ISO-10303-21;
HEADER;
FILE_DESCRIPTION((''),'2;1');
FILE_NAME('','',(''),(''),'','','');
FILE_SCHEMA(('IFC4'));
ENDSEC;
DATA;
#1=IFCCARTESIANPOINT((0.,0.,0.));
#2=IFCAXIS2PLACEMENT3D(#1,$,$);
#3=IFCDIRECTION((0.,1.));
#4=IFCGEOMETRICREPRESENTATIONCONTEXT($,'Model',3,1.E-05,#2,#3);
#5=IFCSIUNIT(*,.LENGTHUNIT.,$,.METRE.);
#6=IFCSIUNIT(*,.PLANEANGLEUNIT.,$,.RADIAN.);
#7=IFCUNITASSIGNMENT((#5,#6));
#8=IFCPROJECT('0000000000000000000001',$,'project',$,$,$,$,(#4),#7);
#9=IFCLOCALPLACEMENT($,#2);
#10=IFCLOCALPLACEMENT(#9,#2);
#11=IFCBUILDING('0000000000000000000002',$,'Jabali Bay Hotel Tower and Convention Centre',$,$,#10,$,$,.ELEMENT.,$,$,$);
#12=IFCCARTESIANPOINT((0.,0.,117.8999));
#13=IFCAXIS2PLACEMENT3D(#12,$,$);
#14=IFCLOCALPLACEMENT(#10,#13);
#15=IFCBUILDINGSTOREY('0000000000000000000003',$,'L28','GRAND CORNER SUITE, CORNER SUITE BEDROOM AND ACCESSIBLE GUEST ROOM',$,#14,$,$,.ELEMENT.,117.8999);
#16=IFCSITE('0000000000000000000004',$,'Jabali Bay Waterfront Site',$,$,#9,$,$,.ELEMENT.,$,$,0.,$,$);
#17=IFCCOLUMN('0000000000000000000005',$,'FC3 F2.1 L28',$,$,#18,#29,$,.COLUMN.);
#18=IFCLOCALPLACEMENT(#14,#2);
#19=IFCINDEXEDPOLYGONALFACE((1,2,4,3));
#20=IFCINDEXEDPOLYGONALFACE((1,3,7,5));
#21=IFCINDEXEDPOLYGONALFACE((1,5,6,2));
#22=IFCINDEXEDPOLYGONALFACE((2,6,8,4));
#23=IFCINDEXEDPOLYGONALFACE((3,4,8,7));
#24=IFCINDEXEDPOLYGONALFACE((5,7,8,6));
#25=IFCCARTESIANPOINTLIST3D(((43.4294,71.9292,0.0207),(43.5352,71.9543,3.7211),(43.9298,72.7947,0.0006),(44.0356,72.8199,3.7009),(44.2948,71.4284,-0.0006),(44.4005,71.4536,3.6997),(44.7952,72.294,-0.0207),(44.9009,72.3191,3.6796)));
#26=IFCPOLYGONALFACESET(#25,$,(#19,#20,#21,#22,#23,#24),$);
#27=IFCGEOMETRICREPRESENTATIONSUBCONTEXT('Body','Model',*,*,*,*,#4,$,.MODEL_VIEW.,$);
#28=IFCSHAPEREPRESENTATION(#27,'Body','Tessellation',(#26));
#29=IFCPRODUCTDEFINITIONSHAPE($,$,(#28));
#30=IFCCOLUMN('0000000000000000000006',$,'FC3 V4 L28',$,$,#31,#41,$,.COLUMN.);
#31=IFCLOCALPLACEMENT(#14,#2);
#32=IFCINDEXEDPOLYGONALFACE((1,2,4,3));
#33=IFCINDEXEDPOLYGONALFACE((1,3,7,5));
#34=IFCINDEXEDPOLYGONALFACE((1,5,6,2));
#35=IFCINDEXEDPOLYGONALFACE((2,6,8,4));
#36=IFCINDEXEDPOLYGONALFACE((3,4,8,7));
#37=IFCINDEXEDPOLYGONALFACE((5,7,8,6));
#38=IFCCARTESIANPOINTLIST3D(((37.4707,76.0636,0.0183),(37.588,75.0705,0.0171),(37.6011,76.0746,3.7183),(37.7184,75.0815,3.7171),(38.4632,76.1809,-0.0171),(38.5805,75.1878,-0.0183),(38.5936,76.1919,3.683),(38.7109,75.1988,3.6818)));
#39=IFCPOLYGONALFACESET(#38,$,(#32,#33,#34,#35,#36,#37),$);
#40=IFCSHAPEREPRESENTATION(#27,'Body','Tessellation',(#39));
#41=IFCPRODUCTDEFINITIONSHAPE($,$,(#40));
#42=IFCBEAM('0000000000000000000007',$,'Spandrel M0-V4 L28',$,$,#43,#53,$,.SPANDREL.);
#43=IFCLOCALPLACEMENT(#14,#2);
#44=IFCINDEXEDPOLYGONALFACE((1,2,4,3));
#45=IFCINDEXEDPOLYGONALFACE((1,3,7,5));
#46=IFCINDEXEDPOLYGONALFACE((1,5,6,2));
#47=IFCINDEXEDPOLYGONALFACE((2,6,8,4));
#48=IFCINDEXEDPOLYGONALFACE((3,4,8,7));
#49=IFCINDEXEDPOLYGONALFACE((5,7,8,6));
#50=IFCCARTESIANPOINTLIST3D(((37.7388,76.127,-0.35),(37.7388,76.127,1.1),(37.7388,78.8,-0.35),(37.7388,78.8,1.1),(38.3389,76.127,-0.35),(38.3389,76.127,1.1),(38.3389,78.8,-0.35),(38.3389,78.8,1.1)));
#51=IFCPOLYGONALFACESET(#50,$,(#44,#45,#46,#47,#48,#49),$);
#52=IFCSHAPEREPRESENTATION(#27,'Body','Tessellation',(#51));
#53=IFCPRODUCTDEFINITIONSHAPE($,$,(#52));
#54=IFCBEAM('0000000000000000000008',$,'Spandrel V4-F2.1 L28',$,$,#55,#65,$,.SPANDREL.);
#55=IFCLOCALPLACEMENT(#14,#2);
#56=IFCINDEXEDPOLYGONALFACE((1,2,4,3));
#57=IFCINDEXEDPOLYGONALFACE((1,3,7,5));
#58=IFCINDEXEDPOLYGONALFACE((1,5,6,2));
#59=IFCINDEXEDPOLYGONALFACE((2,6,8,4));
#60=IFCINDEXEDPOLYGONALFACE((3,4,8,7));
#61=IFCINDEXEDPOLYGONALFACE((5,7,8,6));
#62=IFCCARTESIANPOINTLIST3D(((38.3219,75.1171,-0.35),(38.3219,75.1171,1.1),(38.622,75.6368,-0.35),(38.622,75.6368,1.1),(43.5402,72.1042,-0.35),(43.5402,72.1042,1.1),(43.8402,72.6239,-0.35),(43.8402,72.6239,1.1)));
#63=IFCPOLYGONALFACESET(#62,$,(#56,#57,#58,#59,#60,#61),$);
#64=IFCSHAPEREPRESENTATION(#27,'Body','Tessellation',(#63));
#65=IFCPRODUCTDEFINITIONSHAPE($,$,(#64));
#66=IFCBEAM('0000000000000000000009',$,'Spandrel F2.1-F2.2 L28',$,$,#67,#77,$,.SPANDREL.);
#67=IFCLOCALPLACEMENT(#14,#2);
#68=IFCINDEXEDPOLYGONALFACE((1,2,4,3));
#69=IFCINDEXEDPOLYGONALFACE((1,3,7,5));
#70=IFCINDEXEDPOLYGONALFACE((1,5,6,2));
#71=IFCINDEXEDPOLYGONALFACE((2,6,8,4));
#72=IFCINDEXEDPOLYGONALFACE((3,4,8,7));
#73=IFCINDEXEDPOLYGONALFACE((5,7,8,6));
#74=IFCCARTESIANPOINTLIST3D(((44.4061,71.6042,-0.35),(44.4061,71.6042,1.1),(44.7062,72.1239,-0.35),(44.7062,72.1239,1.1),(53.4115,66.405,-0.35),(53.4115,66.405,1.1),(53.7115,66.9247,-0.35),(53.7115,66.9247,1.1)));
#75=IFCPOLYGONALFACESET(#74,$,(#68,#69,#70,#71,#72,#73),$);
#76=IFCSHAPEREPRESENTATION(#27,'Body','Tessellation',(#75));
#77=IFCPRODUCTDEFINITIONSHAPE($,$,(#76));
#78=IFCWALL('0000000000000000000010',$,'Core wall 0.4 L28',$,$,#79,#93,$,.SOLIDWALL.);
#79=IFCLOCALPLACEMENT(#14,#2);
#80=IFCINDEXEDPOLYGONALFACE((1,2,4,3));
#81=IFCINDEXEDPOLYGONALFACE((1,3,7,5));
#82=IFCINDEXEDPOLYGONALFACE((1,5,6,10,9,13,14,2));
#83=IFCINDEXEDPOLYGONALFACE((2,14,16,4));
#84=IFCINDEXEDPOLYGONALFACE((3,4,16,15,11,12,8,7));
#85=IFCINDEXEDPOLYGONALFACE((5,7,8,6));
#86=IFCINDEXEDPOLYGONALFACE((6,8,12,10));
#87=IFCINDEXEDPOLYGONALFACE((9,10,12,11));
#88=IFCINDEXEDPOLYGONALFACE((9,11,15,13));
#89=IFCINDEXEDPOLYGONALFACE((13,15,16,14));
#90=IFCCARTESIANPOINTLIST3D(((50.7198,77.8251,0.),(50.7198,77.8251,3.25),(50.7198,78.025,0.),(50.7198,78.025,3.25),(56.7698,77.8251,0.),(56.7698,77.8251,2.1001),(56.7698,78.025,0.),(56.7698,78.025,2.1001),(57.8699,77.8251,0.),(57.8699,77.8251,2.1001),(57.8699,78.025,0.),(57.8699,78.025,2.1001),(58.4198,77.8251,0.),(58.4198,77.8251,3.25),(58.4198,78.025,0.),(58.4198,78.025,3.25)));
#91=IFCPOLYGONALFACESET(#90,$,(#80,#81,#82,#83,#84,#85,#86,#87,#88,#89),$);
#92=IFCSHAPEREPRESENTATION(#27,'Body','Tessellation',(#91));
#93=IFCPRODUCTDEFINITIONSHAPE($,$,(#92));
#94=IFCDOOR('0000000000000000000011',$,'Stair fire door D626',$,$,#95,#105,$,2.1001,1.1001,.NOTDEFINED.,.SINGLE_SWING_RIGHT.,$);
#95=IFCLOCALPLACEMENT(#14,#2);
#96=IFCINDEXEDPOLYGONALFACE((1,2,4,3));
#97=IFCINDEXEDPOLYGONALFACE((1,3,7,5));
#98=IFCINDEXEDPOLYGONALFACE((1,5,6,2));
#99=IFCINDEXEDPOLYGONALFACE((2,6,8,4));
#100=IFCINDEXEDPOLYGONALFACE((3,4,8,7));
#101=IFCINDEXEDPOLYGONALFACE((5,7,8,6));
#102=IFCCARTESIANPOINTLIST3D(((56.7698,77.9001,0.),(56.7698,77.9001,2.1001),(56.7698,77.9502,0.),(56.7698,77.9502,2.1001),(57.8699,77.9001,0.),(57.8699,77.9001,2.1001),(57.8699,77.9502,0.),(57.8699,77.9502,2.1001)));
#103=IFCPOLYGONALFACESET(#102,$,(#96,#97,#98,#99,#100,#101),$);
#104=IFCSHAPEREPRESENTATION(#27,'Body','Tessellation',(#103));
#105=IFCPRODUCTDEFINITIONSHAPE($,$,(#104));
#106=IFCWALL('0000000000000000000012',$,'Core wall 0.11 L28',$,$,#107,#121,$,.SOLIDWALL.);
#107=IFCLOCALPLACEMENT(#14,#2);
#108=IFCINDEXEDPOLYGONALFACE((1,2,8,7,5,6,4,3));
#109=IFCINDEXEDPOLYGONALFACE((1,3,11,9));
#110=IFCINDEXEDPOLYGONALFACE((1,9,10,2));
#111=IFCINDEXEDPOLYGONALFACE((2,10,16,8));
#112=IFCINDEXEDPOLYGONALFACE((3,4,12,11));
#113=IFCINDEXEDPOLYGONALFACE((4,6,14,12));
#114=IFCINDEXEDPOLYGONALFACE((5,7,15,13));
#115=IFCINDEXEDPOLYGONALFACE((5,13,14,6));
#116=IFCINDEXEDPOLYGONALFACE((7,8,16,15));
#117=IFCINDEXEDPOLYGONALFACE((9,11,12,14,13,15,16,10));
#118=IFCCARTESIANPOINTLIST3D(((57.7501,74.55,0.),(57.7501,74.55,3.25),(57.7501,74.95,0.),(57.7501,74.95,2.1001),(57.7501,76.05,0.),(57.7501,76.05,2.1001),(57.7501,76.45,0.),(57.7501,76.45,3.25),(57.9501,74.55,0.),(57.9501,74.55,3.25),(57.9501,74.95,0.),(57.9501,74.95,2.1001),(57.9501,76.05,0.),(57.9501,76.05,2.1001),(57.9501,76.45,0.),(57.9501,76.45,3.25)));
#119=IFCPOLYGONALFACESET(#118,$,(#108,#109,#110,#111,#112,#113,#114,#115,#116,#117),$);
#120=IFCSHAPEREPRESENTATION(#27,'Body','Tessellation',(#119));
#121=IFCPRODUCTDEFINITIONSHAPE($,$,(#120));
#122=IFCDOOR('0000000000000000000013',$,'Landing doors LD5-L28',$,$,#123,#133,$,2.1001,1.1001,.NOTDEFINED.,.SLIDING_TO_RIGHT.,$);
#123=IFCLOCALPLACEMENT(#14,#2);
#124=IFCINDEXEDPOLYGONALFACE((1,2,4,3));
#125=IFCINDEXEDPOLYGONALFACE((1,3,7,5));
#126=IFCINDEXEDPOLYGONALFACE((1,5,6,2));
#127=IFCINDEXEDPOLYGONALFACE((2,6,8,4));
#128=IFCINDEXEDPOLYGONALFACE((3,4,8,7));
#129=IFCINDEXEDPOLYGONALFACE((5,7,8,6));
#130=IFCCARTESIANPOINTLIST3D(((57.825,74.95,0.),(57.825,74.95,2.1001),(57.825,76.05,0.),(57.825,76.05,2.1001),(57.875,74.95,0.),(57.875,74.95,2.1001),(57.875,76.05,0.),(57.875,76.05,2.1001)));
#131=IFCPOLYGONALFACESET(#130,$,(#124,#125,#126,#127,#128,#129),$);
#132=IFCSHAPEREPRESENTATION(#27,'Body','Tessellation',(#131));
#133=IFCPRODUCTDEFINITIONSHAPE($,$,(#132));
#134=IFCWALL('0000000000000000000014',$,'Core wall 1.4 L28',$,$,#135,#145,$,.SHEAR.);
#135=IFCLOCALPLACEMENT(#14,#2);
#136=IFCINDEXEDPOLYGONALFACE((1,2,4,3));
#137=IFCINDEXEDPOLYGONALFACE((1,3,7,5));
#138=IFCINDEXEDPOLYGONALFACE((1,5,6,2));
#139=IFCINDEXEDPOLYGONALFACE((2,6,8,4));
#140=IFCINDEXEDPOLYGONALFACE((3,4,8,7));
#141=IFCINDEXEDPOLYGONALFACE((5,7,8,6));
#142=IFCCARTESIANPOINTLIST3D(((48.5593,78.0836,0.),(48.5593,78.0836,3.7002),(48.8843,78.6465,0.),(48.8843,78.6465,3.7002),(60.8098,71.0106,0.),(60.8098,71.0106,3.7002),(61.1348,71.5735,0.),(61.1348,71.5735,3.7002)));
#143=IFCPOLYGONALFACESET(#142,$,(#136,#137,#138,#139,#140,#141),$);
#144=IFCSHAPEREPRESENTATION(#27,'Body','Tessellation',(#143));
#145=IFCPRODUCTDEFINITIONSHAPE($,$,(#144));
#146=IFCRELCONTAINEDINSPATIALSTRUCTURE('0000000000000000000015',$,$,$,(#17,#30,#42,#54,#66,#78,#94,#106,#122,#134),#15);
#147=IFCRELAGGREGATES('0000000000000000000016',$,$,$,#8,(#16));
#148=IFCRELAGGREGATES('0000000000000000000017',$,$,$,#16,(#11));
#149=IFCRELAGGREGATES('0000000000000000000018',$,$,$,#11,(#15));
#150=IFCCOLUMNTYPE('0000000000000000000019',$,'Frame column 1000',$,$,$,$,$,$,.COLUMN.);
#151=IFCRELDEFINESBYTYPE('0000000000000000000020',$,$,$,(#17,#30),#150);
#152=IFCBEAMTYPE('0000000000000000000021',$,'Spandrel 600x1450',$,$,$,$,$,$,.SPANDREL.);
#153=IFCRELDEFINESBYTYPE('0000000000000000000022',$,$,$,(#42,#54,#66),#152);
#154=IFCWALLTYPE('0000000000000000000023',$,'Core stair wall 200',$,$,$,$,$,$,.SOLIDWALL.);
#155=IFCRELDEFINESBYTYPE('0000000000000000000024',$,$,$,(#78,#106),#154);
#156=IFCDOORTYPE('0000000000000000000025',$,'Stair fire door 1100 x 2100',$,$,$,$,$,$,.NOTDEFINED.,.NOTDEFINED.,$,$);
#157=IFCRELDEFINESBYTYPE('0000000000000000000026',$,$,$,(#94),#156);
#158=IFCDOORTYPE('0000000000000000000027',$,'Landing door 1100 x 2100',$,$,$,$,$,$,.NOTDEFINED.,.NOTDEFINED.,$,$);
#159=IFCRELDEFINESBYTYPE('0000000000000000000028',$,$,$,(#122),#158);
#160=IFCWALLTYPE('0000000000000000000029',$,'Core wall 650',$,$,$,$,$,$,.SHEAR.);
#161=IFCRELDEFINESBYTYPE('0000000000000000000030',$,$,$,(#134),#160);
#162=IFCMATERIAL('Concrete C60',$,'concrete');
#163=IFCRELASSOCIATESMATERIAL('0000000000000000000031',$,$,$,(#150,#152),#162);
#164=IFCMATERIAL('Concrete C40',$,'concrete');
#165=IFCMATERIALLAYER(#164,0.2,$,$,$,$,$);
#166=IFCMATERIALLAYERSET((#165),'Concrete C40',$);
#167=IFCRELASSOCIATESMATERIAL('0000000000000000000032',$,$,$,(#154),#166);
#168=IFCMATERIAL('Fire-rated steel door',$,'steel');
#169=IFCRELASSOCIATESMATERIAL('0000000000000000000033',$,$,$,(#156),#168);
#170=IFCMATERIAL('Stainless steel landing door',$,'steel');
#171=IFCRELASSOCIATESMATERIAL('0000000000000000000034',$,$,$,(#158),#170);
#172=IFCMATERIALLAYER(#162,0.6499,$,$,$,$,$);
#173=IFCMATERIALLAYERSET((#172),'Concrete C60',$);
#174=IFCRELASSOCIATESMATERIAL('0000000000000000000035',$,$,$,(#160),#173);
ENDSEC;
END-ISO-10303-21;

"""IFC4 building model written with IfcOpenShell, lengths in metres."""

from ifc_helpers import new_model, si_unit, direction, frame, frame_2d, origin, origin_2d, place, context, subcontext, project, spatial, rectangle, extrude, material, layer, layer_set, material_profile, profile_set, type_object, element, fill, save


model = new_model("IFC4")

# Units and contexts
model_context = context("Model", 3, precision=1e-05, world=origin(), true_north=direction((0.0, 1.0)))
body_context = subcontext(model_context, "Body", "Model", "MODEL_VIEW")
ifc_project = project(units=[si_unit("LENGTHUNIT", "METRE"), si_unit("PLANEANGLEUNIT", "RADIAN")], contexts=[model_context])

# Site, building, storey
site_placement = place(None, origin())
site = spatial("IfcSite", under=ifc_project, at=site_placement, Name="Jabali Bay Waterfront Site", CompositionType="ELEMENT", RefElevation=0.0)
building_placement = place(site_placement, origin())
building = spatial("IfcBuilding", under=site, at=building_placement, Name="Jabali Bay Hotel Tower and Convention Centre", CompositionType="ELEMENT")
storey_placement = place(building_placement, frame((0.0, 0.0, 117.8999)))
storey = spatial("IfcBuildingStorey", under=building, at=storey_placement, Name="L28", Description="GRAND CORNER SUITE, CORNER SUITE BEDROOM AND ACCESSIBLE GUEST ROOM", CompositionType="ELEMENT", Elevation=117.8999)

# Columns
ifc_material_1 = material(Name="Concrete C60", Category="concrete")
ifc_material_profile_1 = material_profile(ifc_material_1, rectangle(XDim=1.0, YDim=1.0, at=origin_2d()), Name="Frame column 1000")
ifc_profile_set_1 = profile_set([ifc_material_profile_1], Name="Concrete C60")
column_type = type_object("IfcColumnType", Name="Frame column 1000", PredefinedType="COLUMN", material=ifc_profile_set_1)
column_1_placement = place(storey_placement, frame((44.1123, 72.1116, 0.0), z_axis=(0.028557, 0.006793, 0.999569), x_axis=(-0.86532, 0.500766, 0.021319)))
element("IfcColumn", 1, at=column_1_placement, inside=storey, type_object=column_type, Name="FC3 F2.1 L28", PredefinedType="COLUMN", context=body_context, shape_type="SweptSolid", body=[
    extrude(rectangle(XDim=1.0, YDim=1.0, at=origin_2d()), origin(), (0.0, 0.0, 1.0), 3.7019),
])
column_2_placement = place(storey_placement, frame((38.0256, 75.6257, 0.0), z_axis=(0.035212, 0.002967, 0.999375), x_axis=(-0.117301, 0.993096, 0.001184)))
element("IfcColumn", 2, at=column_2_placement, inside=storey, type_object=column_type, Name="FC3 V4 L28", PredefinedType="COLUMN", context=body_context, shape_type="SweptSolid", body=[
    extrude(rectangle(XDim=1.0, YDim=1.0, at=origin_2d()), origin(), (0.0, 0.0, 1.0), 3.7024),
])

# Beams
ifc_material_profile_2 = material_profile(ifc_material_1, rectangle(XDim=0.6001, YDim=1.45, at=origin_2d()), Name="Spandrel 600x1450")
ifc_profile_set_2 = profile_set([ifc_material_profile_2], Name="Concrete C60")
beam_type = type_object("IfcBeamType", Name="Spandrel 600x1450", PredefinedType="SPANDREL", material=ifc_profile_set_2)
beam_1_placement = place(storey_placement, frame((38.0388, 78.8, 0.375), z_axis=(0.0, -1.0, 0.0), x_axis=(1.0, 0.0, 0.0)))
element("IfcBeam", 3, at=beam_1_placement, inside=storey, type_object=beam_type, Name="Spandrel M0-V4 L28", PredefinedType="SPANDREL", context=body_context, shape_type="SweptSolid", body=[
    extrude(rectangle(XDim=0.6001, YDim=1.45, at=origin_2d()), origin(), (0.0, 0.0, 1.0), 2.6731),
])
beam_2_placement = place(storey_placement, frame((38.4719, 75.377, 0.375), z_axis=(0.866013, -0.500022, 0.0), x_axis=(0.500022, 0.866013, 0.0)))
element("IfcBeam", 4, at=beam_2_placement, inside=storey, type_object=beam_type, Name="Spandrel V4-F2.1 L28", PredefinedType="SPANDREL", context=body_context, shape_type="SweptSolid", body=[
    extrude(rectangle(XDim=0.6001, YDim=1.45, at=origin_2d()), origin(), (0.0, 0.0, 1.0), 6.0256),
])
beam_3_placement = place(storey_placement, frame((44.5562, 71.864, 0.375), z_axis=(0.866027, -0.499997, 0.0), x_axis=(0.499997, 0.866027, 0.0)))
element("IfcBeam", 5, at=beam_3_placement, inside=storey, type_object=beam_type, Name="Spandrel F2.1-F2.2 L28", PredefinedType="SPANDREL", context=body_context, shape_type="SweptSolid", body=[
    extrude(rectangle(XDim=0.6001, YDim=1.45, at=origin_2d()), origin(), (0.0, 0.0, 1.0), 10.3984),
])

# Walls, openings, doors
ifc_material_2 = material(Name="Concrete C40", Category="concrete")
ifc_layer_1 = layer(ifc_material_2, 0.2)
ifc_layer_set_1 = layer_set([ifc_layer_1], Name="Concrete C40")
wall_type_1 = type_object("IfcWallType", Name="Core stair wall 200", PredefinedType="SOLIDWALL", material=ifc_layer_set_1)
wall_1_placement = place(storey_placement, frame((58.4199, 77.925, 0.0), z_axis=(0.0, 0.0, 1.0), x_axis=(-1.0, 0.0, 0.0)))
wall_1 = element("IfcWall", 6, at=wall_1_placement, inside=storey, type_object=wall_type_1, Name="Core wall 0.4 L28", PredefinedType="SOLIDWALL", context=body_context, shape_type="SweptSolid", body=[
    extrude(rectangle(XDim=7.7, YDim=0.2, at=frame_2d((3.8501, 0.0))), origin(), (0.0, 0.0, 1.0), 3.25),
])
opening_1_placement = place(wall_1_placement, frame((0.55, 0.0, 0.0)))
opening_1 = element("IfcOpeningElement", 7, at=opening_1_placement, cuts=wall_1, PredefinedType="OPENING", context=body_context, shape_type="SweptSolid", body=[
    extrude(rectangle(XDim=1.1001, YDim=2.1001, at=frame_2d((0.55, 1.05))), frame((0.0, 0.1104, 0.0), z_axis=(0.0, -1.0, 0.0), x_axis=(1.0, 0.0, 0.0)), (0.0, 0.0, 1.0), 0.2209),
])
ifc_material_3 = material(Name="Fire-rated steel door", Category="steel")
door_type_1 = type_object("IfcDoorType", Name="Stair fire door 1100 x 2100", OperationType="NOTDEFINED", PredefinedType="NOTDEFINED", material=ifc_material_3)
door_1_placement = place(opening_1_placement, origin())
door_1 = element("IfcDoor", 8, at=door_1_placement, inside=storey, type_object=door_type_1, Name="Stair fire door D626", OperationType="SINGLE_SWING_RIGHT", OverallHeight=2.1001, OverallWidth=1.1001, PredefinedType="NOTDEFINED", context=body_context, shape_type="SweptSolid", body=[
    extrude(rectangle(XDim=1.1001, YDim=2.1001, at=frame_2d((0.55, 1.05))), frame((0.0, 0.0249, 0.0), z_axis=(0.0, -1.0, 0.0), x_axis=(1.0, 0.0, 0.0)), (0.0, 0.0, 1.0), 0.05),
])
fill(opening_1, door_1)
wall_2_placement = place(storey_placement, frame((57.8501, 76.45, 0.0), z_axis=(0.0, 0.0, 1.0), x_axis=(0.0, -1.0, 0.0)))
wall_2 = element("IfcWall", 9, at=wall_2_placement, inside=storey, type_object=wall_type_1, Name="Core wall 0.11 L28", PredefinedType="SOLIDWALL", context=body_context, shape_type="SweptSolid", body=[
    extrude(rectangle(XDim=1.8999, YDim=0.2, at=frame_2d((0.95, 0.0))), origin(), (0.0, 0.0, 1.0), 3.25),
])
opening_2_placement = place(wall_2_placement, frame((0.3999, 0.0, 0.0)))
opening_2 = element("IfcOpeningElement", 10, at=opening_2_placement, cuts=wall_2, PredefinedType="OPENING", context=body_context, shape_type="SweptSolid", body=[
    extrude(rectangle(XDim=1.1001, YDim=2.1001, at=frame_2d((0.55, 1.05))), frame((0.0, 0.1104, 0.0), z_axis=(0.0, -1.0, 0.0), x_axis=(1.0, 0.0, 0.0)), (0.0, 0.0, 1.0), 0.2209),
])
ifc_material_4 = material(Name="Stainless steel landing door", Category="steel")
door_type_2 = type_object("IfcDoorType", Name="Landing door 1100 x 2100", OperationType="NOTDEFINED", PredefinedType="NOTDEFINED", material=ifc_material_4)
door_2_placement = place(opening_2_placement, origin())
door_2 = element("IfcDoor", 11, at=door_2_placement, inside=storey, type_object=door_type_2, Name="Landing doors LD5-L28", OperationType="SLIDING_TO_RIGHT", OverallHeight=2.1001, OverallWidth=1.1001, PredefinedType="NOTDEFINED", context=body_context, shape_type="SweptSolid", body=[
    extrude(rectangle(XDim=1.1001, YDim=2.1001, at=frame_2d((0.55, 1.05))), frame((0.0, 0.0249, 0.0), z_axis=(0.0, -1.0, 0.0), x_axis=(1.0, 0.0, 0.0)), (0.0, 0.0, 1.0), 0.05),
])
fill(opening_2, door_2)

# Wall
ifc_layer_2 = layer(ifc_material_1, 0.6499)
ifc_layer_set_2 = layer_set([ifc_layer_2], Name="Concrete C60")
wall_type_2 = type_object("IfcWallType", Name="Core wall 650", PredefinedType="SHEAR", material=ifc_layer_set_2)
wall_3_placement = place(storey_placement, frame((48.7219, 78.365, 0.0), z_axis=(0.0, 0.0, 1.0), x_axis=(0.86602, -0.500009, 0.0)))
element("IfcWall", 12, at=wall_3_placement, inside=storey, type_object=wall_type_2, Name="Core wall 1.4 L28", PredefinedType="SHEAR", context=body_context, shape_type="SweptSolid", body=[
    extrude(rectangle(XDim=14.1458, YDim=0.6499, at=frame_2d((7.0728, 0.0))), origin(), (0.0, 0.0, 1.0), 3.7002),
])

save(model, "model.ifc")
